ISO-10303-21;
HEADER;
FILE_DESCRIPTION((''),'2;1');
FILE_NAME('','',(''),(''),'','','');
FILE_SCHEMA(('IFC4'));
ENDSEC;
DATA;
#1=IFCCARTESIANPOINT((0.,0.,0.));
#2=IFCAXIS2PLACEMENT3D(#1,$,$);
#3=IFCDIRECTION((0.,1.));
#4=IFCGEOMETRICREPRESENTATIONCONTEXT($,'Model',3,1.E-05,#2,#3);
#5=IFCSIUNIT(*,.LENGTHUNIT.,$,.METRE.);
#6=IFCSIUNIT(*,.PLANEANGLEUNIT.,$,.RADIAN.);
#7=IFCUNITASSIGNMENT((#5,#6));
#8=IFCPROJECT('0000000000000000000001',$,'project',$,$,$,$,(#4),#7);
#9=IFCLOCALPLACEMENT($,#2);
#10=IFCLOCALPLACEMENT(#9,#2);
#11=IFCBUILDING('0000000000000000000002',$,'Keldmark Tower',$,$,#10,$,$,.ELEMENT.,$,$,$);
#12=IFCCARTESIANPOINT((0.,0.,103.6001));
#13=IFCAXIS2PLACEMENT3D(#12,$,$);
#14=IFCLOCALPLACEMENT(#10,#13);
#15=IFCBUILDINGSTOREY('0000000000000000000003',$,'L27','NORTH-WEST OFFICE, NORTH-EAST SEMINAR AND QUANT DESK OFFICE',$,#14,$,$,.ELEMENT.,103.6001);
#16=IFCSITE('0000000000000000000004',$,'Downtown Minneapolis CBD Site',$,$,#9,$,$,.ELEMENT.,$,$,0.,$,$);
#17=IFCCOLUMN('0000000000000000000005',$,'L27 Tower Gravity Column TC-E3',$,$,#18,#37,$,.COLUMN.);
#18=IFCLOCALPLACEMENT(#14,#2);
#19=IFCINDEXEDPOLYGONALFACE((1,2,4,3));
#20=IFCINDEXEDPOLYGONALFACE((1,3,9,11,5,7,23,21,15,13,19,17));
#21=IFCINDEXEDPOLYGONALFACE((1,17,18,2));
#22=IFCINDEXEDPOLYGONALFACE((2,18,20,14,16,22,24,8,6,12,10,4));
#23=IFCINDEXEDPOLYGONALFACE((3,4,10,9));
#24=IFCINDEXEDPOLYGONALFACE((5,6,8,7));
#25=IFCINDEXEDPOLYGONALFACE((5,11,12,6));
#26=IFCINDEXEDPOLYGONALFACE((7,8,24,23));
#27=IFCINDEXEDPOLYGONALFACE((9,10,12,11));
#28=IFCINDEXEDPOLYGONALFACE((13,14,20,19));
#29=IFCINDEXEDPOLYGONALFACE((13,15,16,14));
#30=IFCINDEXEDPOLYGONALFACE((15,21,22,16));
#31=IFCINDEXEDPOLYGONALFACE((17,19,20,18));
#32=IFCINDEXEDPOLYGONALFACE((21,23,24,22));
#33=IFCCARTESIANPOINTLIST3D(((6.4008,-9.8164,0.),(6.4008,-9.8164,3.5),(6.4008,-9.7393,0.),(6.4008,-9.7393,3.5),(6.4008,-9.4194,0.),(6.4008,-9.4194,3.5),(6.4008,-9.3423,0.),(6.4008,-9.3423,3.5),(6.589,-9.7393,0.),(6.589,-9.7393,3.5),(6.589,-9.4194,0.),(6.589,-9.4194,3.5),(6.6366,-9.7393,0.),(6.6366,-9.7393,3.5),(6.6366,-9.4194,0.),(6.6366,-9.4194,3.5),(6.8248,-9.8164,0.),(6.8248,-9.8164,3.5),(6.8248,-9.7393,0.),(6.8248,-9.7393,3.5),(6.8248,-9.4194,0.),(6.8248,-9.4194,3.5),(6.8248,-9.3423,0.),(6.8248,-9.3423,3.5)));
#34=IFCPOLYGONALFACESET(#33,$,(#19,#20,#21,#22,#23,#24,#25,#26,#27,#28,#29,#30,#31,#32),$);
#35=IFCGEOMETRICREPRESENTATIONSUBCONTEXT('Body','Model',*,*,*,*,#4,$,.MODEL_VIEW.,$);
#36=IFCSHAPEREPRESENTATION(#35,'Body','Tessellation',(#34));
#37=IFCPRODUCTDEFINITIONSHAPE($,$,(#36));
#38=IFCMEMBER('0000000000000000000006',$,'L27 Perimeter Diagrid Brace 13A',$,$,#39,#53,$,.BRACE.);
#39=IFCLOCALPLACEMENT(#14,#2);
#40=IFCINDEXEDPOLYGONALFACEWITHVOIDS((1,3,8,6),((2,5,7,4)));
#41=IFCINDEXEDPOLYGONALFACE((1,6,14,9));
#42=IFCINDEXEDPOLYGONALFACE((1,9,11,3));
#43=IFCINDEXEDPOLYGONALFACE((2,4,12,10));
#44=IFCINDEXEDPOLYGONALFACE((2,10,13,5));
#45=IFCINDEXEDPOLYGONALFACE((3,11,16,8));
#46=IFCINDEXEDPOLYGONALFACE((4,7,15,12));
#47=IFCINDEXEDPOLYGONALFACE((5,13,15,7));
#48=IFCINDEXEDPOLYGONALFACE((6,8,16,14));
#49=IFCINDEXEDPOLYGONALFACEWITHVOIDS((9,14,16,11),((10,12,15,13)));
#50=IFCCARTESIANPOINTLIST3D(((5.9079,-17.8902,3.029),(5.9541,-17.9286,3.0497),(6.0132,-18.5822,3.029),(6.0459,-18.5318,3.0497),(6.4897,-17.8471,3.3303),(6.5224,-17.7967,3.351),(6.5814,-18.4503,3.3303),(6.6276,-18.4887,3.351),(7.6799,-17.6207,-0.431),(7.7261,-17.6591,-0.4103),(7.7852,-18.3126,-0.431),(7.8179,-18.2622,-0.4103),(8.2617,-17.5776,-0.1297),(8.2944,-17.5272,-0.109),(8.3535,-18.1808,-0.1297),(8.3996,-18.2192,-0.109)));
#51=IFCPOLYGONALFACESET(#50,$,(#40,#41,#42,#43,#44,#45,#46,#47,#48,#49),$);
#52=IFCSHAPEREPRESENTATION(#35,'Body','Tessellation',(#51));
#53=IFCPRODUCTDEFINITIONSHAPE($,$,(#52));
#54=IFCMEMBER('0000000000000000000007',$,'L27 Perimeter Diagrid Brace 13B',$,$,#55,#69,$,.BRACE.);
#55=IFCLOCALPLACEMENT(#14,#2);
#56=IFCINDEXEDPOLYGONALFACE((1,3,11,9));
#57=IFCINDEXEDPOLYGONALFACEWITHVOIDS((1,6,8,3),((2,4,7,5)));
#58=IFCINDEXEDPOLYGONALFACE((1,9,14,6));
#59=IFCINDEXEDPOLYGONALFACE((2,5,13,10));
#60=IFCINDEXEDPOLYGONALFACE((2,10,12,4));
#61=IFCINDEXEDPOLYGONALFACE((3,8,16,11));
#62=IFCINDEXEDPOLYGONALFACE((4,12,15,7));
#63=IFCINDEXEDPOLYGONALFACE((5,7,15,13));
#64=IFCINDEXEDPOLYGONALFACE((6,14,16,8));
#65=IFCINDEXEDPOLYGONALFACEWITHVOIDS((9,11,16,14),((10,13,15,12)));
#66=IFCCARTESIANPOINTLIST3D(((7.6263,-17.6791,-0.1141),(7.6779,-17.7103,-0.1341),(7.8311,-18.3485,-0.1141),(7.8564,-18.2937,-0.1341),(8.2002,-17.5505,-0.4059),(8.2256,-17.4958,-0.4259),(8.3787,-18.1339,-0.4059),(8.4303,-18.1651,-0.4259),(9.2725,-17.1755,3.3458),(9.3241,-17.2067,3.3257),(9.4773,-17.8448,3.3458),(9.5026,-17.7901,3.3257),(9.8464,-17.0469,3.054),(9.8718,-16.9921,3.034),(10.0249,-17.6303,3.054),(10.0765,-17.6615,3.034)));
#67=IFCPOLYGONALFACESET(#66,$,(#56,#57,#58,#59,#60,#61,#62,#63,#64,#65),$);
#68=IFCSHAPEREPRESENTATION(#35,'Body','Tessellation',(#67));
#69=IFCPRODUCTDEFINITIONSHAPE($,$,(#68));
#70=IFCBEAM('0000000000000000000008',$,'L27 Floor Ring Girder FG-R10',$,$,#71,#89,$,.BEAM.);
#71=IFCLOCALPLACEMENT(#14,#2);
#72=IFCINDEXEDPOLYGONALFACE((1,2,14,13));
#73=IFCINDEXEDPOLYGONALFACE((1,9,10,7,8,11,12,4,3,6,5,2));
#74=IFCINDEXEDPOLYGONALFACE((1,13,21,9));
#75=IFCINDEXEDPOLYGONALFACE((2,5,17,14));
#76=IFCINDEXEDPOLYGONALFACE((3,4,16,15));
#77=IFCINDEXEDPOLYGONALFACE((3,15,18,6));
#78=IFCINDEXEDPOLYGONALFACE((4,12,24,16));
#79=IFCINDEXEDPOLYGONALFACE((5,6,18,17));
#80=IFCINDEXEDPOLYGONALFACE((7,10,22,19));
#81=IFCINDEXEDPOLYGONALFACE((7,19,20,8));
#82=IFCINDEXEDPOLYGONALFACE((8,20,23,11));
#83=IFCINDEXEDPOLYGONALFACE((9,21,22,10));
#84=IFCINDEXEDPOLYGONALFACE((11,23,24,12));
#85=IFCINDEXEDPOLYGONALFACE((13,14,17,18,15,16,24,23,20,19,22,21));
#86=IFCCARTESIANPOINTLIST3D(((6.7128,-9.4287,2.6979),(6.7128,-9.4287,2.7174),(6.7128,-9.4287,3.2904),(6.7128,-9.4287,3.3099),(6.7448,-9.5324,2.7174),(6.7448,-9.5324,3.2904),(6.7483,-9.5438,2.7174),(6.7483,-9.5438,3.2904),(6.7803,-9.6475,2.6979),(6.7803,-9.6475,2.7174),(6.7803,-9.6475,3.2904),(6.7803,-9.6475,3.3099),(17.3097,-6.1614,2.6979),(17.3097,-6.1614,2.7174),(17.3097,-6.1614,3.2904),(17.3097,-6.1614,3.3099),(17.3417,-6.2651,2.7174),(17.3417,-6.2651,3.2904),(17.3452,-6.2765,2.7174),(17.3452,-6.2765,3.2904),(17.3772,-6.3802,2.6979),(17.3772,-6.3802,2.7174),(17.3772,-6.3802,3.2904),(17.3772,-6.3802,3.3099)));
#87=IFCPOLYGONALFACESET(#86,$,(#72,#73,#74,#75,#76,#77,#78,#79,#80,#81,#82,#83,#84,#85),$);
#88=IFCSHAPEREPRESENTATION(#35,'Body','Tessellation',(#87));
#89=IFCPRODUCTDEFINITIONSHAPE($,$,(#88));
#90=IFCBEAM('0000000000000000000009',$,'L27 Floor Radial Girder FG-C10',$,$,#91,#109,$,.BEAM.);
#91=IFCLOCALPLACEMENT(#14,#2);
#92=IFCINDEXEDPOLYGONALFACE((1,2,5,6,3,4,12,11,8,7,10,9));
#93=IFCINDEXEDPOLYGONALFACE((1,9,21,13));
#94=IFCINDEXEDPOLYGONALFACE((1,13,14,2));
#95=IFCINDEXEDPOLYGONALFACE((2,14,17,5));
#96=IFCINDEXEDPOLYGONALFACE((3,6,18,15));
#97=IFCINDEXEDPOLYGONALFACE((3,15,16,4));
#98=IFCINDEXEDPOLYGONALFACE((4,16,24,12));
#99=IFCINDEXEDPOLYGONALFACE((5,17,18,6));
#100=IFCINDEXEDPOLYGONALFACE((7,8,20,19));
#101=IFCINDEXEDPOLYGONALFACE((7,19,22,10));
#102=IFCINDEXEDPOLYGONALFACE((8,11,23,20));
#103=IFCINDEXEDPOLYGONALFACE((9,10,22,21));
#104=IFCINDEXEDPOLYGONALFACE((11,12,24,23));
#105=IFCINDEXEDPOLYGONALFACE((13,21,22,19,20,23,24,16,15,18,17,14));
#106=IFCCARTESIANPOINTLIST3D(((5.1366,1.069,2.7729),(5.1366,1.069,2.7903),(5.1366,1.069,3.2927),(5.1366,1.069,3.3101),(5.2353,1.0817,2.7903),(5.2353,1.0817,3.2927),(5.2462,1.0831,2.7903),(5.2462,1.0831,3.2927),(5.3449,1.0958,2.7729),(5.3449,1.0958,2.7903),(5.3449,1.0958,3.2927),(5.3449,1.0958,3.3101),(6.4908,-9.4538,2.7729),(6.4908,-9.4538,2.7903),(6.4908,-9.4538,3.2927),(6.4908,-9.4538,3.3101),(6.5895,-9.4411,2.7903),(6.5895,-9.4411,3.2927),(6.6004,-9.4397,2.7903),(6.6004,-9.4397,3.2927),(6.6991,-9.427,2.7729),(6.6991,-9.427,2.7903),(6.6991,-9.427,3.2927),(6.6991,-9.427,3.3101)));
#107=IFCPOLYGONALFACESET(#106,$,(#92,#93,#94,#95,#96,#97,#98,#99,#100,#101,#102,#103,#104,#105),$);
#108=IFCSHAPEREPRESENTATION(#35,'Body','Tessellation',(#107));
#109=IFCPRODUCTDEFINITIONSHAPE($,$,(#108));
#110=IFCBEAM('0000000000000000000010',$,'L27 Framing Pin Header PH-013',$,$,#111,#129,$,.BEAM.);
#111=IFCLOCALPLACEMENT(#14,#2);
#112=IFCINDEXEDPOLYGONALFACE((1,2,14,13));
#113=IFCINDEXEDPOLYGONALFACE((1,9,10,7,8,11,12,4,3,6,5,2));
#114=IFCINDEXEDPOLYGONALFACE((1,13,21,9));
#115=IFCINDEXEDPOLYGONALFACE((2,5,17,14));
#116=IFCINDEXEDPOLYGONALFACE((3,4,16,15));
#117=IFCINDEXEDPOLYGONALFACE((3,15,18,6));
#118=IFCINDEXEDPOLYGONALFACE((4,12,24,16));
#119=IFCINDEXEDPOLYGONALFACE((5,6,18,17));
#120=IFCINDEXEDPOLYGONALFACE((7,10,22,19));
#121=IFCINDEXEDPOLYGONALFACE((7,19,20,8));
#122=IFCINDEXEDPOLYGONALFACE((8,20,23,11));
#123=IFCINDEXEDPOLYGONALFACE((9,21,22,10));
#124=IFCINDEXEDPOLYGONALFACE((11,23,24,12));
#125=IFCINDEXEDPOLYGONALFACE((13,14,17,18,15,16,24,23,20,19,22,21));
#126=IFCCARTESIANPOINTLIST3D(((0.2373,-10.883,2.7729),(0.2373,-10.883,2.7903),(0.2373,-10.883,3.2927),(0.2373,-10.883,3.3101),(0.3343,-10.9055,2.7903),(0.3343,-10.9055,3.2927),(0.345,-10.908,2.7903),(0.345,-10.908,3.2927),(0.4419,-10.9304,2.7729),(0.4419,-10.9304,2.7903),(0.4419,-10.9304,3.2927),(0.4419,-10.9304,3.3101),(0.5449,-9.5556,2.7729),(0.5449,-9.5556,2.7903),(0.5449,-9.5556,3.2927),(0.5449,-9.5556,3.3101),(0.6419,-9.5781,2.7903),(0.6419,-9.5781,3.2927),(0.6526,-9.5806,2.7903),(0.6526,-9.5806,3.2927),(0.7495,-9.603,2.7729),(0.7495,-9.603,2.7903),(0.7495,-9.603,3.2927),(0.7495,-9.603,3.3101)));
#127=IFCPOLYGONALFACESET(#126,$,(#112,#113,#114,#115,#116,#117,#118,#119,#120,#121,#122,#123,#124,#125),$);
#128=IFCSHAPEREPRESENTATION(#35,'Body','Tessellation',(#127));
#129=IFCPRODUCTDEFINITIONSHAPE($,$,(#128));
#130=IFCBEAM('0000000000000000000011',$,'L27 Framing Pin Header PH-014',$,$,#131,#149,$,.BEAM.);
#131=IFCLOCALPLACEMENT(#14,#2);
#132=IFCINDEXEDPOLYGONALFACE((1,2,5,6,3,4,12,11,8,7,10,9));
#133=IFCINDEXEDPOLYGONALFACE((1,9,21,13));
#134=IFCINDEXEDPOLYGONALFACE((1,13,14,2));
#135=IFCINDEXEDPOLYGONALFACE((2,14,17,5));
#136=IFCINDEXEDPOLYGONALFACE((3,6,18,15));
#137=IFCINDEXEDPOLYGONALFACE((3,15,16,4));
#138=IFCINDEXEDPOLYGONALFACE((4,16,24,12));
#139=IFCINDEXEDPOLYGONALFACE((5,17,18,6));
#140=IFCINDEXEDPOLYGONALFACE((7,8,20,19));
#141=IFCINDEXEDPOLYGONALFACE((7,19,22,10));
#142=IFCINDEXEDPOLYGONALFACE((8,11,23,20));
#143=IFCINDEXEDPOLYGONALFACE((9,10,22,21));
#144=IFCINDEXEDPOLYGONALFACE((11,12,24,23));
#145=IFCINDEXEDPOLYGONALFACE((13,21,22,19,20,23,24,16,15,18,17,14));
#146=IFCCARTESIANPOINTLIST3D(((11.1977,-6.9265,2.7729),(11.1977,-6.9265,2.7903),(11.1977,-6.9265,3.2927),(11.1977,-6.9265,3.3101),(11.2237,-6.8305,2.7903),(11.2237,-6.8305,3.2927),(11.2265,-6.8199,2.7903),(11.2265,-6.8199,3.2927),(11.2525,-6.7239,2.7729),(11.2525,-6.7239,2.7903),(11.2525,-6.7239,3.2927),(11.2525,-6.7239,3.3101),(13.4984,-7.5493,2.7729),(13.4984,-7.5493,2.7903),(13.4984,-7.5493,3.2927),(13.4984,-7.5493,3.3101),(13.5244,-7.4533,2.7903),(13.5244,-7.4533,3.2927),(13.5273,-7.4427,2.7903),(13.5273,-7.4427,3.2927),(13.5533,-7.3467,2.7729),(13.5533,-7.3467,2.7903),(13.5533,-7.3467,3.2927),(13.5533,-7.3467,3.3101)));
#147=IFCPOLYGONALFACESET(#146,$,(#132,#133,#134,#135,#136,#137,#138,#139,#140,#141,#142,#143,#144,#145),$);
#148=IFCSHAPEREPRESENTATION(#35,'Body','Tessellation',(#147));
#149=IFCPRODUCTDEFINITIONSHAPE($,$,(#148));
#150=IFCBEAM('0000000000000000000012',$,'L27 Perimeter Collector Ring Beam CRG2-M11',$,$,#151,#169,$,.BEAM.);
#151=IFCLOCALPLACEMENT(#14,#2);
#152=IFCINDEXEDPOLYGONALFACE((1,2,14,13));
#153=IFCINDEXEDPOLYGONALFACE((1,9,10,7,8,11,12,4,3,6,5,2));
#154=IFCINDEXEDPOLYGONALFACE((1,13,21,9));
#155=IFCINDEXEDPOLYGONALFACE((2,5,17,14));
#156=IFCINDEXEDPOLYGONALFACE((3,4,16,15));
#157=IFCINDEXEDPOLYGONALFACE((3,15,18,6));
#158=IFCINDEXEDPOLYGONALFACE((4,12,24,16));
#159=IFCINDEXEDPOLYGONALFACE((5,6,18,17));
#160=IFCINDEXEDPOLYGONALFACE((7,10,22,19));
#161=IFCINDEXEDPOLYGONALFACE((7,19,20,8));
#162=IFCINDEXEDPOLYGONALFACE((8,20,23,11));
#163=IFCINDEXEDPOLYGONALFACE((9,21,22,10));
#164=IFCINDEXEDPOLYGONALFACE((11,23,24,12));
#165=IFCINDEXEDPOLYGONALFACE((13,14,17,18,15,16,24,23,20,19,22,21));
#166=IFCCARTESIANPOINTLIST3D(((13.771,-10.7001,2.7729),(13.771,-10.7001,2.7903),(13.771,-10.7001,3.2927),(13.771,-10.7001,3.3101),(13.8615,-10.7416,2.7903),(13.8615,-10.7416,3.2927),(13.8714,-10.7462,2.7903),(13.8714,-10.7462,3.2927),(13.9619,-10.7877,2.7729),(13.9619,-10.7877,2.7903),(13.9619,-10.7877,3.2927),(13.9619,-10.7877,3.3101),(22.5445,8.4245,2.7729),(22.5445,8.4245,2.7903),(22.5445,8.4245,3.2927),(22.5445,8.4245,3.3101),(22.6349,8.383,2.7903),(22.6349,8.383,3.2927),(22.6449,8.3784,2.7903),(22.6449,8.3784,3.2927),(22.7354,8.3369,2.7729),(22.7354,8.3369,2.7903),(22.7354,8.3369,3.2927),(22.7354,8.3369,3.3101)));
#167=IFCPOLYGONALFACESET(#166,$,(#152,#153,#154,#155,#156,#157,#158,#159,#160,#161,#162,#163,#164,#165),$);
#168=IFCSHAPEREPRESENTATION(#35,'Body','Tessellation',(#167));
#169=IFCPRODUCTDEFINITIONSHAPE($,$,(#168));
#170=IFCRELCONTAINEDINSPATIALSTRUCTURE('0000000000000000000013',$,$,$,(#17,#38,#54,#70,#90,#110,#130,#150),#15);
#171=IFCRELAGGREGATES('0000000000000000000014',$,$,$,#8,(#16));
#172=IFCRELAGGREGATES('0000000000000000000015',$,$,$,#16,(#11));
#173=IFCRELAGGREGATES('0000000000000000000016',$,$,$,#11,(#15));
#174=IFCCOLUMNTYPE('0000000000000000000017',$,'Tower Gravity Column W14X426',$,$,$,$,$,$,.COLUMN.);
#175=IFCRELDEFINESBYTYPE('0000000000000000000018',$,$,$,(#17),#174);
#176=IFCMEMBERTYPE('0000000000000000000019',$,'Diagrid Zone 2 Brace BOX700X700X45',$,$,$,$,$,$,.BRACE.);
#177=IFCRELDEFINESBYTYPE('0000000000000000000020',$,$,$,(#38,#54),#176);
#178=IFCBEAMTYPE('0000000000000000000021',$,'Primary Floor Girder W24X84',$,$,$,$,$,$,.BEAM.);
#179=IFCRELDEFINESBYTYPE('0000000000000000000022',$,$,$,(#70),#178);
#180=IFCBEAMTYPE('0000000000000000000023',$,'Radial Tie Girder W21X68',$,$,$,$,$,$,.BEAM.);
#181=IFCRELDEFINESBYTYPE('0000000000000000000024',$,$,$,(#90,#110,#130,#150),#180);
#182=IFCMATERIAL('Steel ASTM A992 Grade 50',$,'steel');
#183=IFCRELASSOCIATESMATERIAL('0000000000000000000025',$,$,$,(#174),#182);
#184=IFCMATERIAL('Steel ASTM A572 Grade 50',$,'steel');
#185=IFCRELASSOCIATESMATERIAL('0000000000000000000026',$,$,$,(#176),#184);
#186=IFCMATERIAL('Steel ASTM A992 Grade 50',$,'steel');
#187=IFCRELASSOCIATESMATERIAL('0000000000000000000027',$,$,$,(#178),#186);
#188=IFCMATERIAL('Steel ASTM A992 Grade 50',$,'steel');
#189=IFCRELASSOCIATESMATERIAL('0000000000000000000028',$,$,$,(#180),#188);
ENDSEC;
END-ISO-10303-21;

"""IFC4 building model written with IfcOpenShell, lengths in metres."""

from ifc_helpers import new_model, si_unit, direction, frame, origin, origin_2d, place, context, subcontext, project, spatial, hollow_rectangle, i_section, extrude, material, material_profile, profile_set, type_object, element, save


model = new_model("IFC4")

# Units and contexts
model_context = context("Model", 3, precision=1e-05, world=origin(), true_north=direction((0.0, 1.0)))
body_context = subcontext(model_context, "Body", "Model", "MODEL_VIEW")
ifc_project = project(units=[si_unit("LENGTHUNIT", "METRE"), si_unit("PLANEANGLEUNIT", "RADIAN")], contexts=[model_context])

# Site, building, storey
site_placement = place(None, origin())
site = spatial("IfcSite", under=ifc_project, at=site_placement, Name="Downtown Minneapolis CBD Site", CompositionType="ELEMENT", RefElevation=0.0)
building_placement = place(site_placement, origin())
building = spatial("IfcBuilding", under=site, at=building_placement, Name="Keldmark Tower", CompositionType="ELEMENT")
storey_placement = place(building_placement, frame((0.0, 0.0, 103.6001)))
storey = spatial("IfcBuildingStorey", under=building, at=storey_placement, Name="L27", Description="NORTH-WEST OFFICE, NORTH-EAST SEMINAR AND QUANT DESK OFFICE", CompositionType="ELEMENT", Elevation=103.6001)

# Column
ifc_material_1 = material(Name="Steel ASTM A992 Grade 50", Category="steel")
ifc_material_profile_1 = material_profile(ifc_material_1, i_section(OverallWidth=0.4241, OverallDepth=0.4741, WebThickness=0.0476, FlangeThickness=0.0771, at=origin_2d()), Name="W14X426")
ifc_profile_set_1 = profile_set([ifc_material_profile_1], Name="Steel ASTM A992 Grade 50")
column_type = type_object("IfcColumnType", Name="Tower Gravity Column W14X426", PredefinedType="COLUMN", material=ifc_profile_set_1)
column_placement = place(storey_placement, frame((6.6128, -9.5793, 0.0), z_axis=(0.0, 0.0, 1.0), x_axis=(1.0, 0.0, 0.0)))
element("IfcColumn", 1, at=column_placement, inside=storey, type_object=column_type, Name="L27 Tower Gravity Column TC-E3", PredefinedType="COLUMN", context=body_context, shape_type="SweptSolid", body=[
    extrude(i_section(OverallWidth=0.4241, OverallDepth=0.4741, WebThickness=0.0476, FlangeThickness=0.0771, at=origin_2d()), origin(), (0.0, 0.0, 1.0), 3.5),
])

# Members
ifc_material_2 = material(Name="Steel ASTM A572 Grade 50", Category="steel")
ifc_material_profile_2 = material_profile(ifc_material_2, hollow_rectangle(XDim=0.7, YDim=0.7, WallThickness=0.0449, at=origin_2d()), Name="BOX700X700X45")
ifc_profile_set_2 = profile_set([ifc_material_profile_2], Name="Steel ASTM A572 Grade 50")
member_type = type_object("IfcMemberType", Name="Diagrid Zone 2 Brace BOX700X700X45", PredefinedType="BRACE", material=ifc_profile_set_2)
member_1_placement = place(storey_placement, frame((8.0398, -17.9199, -0.27), z_axis=(-0.454743, -0.06917, 0.887933), x_axis=(0.150378, -0.988629, 0.0)))
element("IfcMember", 2, at=member_1_placement, inside=storey, type_object=member_type, Name="L27 Perimeter Diagrid Brace 13A", PredefinedType="BRACE", context=body_context, shape_type="SweptSolid", body=[
    extrude(hollow_rectangle(XDim=0.7, YDim=0.7, WallThickness=0.0449, at=origin_2d()), origin(), (0.0, 0.0, 1.0), 3.8967),
])
member_2_placement = place(storey_placement, frame((8.0283, -17.9221, -0.27), z_axis=(0.42598, 0.130327, 0.895297), x_axis=(-0.292561, 0.956247, 0.0)))
element("IfcMember", 3, at=member_2_placement, inside=storey, type_object=member_type, Name="L27 Perimeter Diagrid Brace 13B", PredefinedType="BRACE", context=body_context, shape_type="SweptSolid", body=[
    extrude(hollow_rectangle(XDim=0.7, YDim=0.7, WallThickness=0.0449, at=origin_2d()), origin(), (0.0, 0.0, 1.0), 3.8645),
])

# Beams
ifc_material_3 = material(Name="Steel ASTM A992 Grade 50", Category="steel")
ifc_material_profile_3 = material_profile(ifc_material_3, i_section(OverallWidth=0.229, OverallDepth=0.6121, WebThickness=0.012, FlangeThickness=0.0195, at=origin_2d()), Name="W24X84")
ifc_profile_set_3 = profile_set([ifc_material_profile_3], Name="Steel ASTM A992 Grade 50")
beam_type_1 = type_object("IfcBeamType", Name="Primary Floor Girder W24X84", PredefinedType="BEAM", material=ifc_profile_set_3)
beam_1_placement = place(storey_placement, frame((6.7466, -9.5381, 3.0039), z_axis=(0.955608, 0.294641, 0.0), x_axis=(-0.294641, 0.955608, 0.0)))
element("IfcBeam", 4, at=beam_1_placement, inside=storey, type_object=beam_type_1, Name="L27 Floor Ring Girder FG-R10", PredefinedType="BEAM", context=body_context, shape_type="SweptSolid", body=[
    extrude(i_section(OverallWidth=0.229, OverallDepth=0.6121, WebThickness=0.012, FlangeThickness=0.0195, at=origin_2d()), origin(), (0.0, 0.0, 1.0), 11.0891),
])
ifc_material_4 = material(Name="Steel ASTM A992 Grade 50", Category="steel")
ifc_material_profile_4 = material_profile(ifc_material_4, i_section(OverallWidth=0.21, OverallDepth=0.5371, WebThickness=0.011, FlangeThickness=0.0173, at=origin_2d()), Name="W21X68")
ifc_profile_set_4 = profile_set([ifc_material_profile_4], Name="Steel ASTM A992 Grade 50")
beam_type_2 = type_object("IfcBeamType", Name="Radial Tie Girder W21X68", PredefinedType="BEAM", material=ifc_profile_set_4)
beam_2_placement = place(storey_placement, frame((6.595, -9.4404, 3.0415), z_axis=(-0.127642, 0.99182, 0.0), x_axis=(-0.99182, -0.127642, 0.0)))
element("IfcBeam", 5, at=beam_2_placement, inside=storey, type_object=beam_type_2, Name="L27 Floor Radial Girder FG-C10", PredefinedType="BEAM", context=body_context, shape_type="SweptSolid", body=[
    extrude(i_section(OverallWidth=0.21, OverallDepth=0.5371, WebThickness=0.011, FlangeThickness=0.0173, at=origin_2d()), origin(), (0.0, 0.0, 1.0), 10.6096),
])
beam_3_placement = place(storey_placement, frame((0.6472, -9.5793, 3.0415), z_axis=(-0.225762, -0.974182, 0.0), x_axis=(0.974182, -0.225762, 0.0)))
element("IfcBeam", 6, at=beam_3_placement, inside=storey, type_object=beam_type_2, Name="L27 Framing Pin Header PH-013", PredefinedType="BEAM", context=body_context, shape_type="SweptSolid", body=[
    extrude(i_section(OverallWidth=0.21, OverallDepth=0.5371, WebThickness=0.011, FlangeThickness=0.0173, at=origin_2d()), origin(), (0.0, 0.0, 1.0), 1.3625),
])
beam_4_placement = place(storey_placement, frame((11.2251, -6.8252, 3.0415), z_axis=(0.965261, -0.261288, 0.0), x_axis=(0.261288, 0.965261, 0.0)))
element("IfcBeam", 7, at=beam_4_placement, inside=storey, type_object=beam_type_2, Name="L27 Framing Pin Header PH-014", PredefinedType="BEAM", context=body_context, shape_type="SweptSolid", body=[
    extrude(i_section(OverallWidth=0.21, OverallDepth=0.5371, WebThickness=0.011, FlangeThickness=0.0173, at=origin_2d()), origin(), (0.0, 0.0, 1.0), 2.3835),
])
beam_5_placement = place(storey_placement, frame((13.8665, -10.7439, 3.0415), z_axis=(0.41697, 0.90892, 0.0), x_axis=(-0.90892, 0.41697, 0.0)))
element("IfcBeam", 8, at=beam_5_placement, inside=storey, type_object=beam_type_2, Name="L27 Perimeter Collector Ring Beam CRG2-M11", PredefinedType="BEAM", context=body_context, shape_type="SweptSolid", body=[
    extrude(i_section(OverallWidth=0.21, OverallDepth=0.5371, WebThickness=0.011, FlangeThickness=0.0173, at=origin_2d()), origin(), (0.0, 0.0, 1.0), 21.041),
])

save(model, "model.ifc")
